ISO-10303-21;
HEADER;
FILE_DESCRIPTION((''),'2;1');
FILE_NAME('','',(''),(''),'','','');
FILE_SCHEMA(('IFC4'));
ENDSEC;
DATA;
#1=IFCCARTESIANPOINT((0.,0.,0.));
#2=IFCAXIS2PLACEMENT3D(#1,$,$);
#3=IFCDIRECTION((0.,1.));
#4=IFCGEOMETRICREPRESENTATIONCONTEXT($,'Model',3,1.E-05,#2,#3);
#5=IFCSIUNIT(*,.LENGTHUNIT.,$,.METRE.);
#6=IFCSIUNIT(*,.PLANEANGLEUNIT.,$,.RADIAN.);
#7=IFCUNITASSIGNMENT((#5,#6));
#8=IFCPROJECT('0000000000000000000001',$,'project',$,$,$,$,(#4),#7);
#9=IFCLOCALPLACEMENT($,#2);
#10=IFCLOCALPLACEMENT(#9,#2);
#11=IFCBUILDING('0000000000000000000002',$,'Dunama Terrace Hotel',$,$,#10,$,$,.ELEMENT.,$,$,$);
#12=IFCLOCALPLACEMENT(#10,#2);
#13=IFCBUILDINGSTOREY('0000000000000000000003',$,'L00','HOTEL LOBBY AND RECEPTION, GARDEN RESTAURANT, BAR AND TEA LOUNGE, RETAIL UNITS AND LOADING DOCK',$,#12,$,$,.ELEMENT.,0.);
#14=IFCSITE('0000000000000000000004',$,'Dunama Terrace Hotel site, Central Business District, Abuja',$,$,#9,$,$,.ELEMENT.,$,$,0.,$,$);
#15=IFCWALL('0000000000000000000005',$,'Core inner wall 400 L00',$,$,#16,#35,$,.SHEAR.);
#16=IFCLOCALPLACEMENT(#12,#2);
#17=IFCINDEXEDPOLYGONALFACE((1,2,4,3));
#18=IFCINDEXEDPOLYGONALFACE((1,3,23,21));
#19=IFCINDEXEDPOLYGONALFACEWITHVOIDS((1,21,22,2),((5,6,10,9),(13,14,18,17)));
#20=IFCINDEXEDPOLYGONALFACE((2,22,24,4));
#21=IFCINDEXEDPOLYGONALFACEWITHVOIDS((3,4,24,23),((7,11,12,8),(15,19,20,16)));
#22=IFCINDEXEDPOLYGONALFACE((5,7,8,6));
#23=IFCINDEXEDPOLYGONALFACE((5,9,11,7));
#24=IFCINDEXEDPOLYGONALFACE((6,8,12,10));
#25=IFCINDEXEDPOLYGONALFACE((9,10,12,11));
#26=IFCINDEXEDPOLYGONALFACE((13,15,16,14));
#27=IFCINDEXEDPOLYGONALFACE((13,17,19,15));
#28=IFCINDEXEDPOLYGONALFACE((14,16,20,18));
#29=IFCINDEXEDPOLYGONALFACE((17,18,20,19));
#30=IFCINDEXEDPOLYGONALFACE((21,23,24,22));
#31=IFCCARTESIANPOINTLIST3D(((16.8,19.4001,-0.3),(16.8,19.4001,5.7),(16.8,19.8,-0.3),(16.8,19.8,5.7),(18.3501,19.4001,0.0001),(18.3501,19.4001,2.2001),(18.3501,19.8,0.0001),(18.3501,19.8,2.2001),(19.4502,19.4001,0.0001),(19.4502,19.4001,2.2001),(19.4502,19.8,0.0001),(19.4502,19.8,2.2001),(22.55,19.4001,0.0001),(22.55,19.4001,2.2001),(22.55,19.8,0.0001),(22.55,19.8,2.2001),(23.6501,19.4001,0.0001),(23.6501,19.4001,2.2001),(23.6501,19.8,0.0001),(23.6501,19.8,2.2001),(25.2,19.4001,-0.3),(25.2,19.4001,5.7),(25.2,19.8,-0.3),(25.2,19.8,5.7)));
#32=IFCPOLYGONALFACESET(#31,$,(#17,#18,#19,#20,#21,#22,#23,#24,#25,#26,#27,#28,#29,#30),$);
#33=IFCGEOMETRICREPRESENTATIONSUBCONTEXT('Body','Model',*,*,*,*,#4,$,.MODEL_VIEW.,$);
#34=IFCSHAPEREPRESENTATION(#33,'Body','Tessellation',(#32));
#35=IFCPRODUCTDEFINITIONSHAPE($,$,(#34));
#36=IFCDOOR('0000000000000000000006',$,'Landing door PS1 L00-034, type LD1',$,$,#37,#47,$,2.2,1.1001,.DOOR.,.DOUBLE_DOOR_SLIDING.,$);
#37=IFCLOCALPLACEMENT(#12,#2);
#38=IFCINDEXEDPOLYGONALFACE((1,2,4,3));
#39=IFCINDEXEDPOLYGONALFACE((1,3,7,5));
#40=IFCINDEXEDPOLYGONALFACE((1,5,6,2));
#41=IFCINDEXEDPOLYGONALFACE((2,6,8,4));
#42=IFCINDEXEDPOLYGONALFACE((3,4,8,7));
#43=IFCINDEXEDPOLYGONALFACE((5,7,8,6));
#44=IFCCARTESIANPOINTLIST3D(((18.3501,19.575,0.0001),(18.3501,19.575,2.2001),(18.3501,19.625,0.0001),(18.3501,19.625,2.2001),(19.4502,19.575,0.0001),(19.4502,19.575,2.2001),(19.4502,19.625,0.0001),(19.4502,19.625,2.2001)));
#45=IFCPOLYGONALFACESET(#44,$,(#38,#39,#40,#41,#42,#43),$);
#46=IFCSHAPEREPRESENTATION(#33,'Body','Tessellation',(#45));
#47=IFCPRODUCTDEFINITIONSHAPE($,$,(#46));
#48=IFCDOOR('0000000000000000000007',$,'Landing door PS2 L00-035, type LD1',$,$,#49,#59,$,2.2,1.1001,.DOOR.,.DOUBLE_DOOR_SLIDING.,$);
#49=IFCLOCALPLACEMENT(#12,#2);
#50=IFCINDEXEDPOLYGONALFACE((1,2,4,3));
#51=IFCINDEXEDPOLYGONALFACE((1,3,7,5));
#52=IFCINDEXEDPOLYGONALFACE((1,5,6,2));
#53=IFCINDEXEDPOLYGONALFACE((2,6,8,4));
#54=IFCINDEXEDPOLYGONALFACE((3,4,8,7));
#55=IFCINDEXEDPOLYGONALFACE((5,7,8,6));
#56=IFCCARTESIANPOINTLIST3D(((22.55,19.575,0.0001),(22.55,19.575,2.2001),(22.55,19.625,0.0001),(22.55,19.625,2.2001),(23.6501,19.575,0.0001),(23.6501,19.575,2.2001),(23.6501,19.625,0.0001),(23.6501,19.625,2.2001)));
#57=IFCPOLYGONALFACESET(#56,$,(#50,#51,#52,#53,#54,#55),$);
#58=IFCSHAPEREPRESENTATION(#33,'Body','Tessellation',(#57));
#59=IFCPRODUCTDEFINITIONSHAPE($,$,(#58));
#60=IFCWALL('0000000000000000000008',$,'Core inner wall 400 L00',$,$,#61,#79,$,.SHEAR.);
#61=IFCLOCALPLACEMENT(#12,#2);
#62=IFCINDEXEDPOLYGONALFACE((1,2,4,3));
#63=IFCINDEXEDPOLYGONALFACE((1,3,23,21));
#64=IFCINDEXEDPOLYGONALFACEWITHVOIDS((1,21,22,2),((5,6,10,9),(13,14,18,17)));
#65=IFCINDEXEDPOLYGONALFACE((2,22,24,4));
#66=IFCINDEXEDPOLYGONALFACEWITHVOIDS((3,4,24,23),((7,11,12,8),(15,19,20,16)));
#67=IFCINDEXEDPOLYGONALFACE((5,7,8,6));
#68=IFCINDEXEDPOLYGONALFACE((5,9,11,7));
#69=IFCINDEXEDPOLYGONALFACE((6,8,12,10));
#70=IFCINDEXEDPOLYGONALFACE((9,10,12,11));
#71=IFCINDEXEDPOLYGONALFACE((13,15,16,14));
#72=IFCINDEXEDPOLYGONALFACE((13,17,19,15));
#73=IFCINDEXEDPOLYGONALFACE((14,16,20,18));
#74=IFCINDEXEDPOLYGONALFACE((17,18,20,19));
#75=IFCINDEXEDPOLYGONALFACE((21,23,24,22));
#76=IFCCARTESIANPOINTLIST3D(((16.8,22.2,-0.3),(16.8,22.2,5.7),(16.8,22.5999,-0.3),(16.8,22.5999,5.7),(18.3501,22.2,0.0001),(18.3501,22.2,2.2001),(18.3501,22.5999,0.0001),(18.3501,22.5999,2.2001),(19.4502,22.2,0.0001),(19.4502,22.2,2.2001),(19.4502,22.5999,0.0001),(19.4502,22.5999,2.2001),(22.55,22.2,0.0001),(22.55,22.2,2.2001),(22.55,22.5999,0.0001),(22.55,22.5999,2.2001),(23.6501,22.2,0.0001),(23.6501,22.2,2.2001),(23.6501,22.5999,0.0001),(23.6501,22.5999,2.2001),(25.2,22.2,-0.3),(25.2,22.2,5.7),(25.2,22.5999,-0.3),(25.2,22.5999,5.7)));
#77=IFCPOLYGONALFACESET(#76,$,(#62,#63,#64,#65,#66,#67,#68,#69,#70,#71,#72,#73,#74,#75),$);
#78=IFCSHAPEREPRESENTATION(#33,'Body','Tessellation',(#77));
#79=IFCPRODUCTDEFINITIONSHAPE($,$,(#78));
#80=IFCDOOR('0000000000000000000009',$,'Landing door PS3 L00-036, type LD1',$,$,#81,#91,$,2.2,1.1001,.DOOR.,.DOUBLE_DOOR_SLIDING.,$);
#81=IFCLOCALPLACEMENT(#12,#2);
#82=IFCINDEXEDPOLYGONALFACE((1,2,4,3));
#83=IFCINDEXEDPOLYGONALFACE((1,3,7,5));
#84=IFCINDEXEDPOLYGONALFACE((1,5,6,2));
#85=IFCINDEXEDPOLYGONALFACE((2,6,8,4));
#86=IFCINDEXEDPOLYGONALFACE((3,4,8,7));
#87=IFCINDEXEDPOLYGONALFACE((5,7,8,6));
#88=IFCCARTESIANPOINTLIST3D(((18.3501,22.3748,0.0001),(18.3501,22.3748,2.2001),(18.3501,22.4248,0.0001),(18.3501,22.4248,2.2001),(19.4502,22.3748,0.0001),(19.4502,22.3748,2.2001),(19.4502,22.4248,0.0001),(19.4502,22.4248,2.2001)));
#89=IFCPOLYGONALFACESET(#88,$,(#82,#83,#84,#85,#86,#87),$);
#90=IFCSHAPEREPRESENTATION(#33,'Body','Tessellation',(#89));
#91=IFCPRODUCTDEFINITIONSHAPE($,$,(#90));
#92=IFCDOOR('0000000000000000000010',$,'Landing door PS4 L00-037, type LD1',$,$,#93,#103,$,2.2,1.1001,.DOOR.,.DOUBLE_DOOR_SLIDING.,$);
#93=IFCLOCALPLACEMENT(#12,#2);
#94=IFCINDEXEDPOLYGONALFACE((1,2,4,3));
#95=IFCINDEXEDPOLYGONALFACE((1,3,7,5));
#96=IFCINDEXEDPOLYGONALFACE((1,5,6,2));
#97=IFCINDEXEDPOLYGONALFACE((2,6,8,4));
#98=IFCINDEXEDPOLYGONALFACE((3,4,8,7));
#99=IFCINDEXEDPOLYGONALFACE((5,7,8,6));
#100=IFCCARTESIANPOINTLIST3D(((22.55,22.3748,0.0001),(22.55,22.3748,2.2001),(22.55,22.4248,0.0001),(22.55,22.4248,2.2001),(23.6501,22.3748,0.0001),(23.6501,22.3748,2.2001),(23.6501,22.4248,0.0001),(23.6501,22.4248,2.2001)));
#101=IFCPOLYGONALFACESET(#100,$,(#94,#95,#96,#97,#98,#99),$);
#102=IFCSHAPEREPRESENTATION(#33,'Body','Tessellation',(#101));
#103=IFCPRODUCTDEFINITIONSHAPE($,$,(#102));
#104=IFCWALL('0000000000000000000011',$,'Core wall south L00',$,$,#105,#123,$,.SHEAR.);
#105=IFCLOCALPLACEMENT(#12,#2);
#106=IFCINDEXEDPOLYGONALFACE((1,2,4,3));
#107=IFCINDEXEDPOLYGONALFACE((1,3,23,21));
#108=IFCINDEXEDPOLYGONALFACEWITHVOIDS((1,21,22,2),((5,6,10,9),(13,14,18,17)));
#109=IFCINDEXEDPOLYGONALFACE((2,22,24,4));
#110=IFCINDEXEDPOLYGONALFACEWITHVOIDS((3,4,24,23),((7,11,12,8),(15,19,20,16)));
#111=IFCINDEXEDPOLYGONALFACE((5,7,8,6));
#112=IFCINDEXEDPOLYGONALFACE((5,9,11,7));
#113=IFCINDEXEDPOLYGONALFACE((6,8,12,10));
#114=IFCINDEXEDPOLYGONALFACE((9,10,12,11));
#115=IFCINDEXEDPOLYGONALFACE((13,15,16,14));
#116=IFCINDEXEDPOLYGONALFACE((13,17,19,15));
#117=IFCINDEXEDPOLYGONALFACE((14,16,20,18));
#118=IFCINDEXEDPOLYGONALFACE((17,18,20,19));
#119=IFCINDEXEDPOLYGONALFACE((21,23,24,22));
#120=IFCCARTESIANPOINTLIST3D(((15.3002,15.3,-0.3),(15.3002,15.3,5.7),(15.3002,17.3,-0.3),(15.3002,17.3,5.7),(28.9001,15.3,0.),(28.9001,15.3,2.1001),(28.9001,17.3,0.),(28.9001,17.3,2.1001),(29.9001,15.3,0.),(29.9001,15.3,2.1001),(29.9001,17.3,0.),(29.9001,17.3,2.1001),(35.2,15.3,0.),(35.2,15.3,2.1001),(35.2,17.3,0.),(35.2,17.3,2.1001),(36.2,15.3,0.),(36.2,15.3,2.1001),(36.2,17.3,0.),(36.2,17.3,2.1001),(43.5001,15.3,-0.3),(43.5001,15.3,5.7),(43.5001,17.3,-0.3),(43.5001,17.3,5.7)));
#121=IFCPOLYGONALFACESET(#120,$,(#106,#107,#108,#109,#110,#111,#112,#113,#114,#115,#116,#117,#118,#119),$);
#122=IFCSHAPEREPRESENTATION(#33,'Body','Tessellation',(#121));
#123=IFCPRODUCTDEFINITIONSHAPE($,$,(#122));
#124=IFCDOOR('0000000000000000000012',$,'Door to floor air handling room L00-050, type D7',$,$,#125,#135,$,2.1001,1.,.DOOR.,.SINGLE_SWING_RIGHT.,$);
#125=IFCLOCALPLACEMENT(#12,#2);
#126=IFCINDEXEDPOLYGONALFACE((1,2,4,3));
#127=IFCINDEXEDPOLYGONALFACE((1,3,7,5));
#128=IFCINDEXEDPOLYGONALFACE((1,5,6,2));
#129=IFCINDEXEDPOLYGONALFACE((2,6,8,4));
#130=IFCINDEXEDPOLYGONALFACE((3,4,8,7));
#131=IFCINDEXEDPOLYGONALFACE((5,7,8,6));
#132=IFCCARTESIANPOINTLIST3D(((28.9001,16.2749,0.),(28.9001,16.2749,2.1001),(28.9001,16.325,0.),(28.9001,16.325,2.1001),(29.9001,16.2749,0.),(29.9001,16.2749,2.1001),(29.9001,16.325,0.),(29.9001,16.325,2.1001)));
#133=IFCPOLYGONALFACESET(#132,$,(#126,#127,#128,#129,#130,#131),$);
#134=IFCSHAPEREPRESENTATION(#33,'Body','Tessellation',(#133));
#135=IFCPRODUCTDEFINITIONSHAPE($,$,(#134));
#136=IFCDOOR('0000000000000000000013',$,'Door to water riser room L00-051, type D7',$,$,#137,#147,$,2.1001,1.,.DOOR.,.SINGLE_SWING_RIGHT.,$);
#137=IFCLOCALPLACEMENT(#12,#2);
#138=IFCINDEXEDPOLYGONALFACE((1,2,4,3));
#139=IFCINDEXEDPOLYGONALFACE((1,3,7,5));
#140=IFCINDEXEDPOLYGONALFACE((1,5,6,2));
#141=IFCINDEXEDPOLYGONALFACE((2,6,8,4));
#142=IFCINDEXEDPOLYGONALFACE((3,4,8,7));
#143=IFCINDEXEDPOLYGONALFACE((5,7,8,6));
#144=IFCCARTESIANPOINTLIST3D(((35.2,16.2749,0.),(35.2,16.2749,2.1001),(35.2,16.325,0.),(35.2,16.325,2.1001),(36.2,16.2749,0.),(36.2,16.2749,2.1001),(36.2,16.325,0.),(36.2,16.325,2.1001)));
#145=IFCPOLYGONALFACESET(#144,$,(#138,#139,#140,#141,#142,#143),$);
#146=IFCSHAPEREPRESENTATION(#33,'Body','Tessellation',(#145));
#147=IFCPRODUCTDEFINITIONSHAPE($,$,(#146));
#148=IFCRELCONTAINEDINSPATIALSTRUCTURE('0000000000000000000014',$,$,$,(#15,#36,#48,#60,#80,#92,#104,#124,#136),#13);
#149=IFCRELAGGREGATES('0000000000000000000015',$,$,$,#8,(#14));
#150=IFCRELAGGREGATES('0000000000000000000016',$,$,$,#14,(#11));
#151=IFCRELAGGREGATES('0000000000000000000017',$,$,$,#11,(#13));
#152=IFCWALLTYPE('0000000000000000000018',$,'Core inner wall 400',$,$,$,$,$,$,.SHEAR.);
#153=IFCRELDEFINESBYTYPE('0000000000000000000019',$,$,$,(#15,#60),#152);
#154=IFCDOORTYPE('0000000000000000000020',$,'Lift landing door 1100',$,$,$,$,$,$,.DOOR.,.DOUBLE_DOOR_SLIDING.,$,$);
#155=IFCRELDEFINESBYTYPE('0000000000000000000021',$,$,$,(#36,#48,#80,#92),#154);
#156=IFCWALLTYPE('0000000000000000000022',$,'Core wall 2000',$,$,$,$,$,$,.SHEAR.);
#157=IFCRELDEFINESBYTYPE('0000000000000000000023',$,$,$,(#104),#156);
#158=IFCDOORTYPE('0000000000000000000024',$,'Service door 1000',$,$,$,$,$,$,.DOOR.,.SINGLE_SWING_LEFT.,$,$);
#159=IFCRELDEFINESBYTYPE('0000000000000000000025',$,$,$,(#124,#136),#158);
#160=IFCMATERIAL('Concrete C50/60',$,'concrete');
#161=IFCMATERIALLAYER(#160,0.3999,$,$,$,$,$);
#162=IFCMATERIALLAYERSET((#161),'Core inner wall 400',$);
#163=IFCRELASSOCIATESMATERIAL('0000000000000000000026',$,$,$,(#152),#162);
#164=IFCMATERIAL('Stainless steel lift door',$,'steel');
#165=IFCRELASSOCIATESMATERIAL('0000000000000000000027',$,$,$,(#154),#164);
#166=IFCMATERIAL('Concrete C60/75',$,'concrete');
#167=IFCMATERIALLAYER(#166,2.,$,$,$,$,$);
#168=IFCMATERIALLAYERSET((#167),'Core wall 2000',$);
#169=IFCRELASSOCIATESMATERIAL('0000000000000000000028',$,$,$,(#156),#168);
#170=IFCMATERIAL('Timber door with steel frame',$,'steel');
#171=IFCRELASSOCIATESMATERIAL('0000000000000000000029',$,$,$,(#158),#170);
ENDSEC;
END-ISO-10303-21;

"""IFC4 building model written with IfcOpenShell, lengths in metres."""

from ifc_helpers import new_model, si_unit, direction, frame, frame_2d, origin, place, context, subcontext, project, spatial, rectangle, extrude, material, layer, layer_set, type_object, element, fill, save


model = new_model("IFC4")

# Units and contexts
model_context = context("Model", 3, precision=1e-05, world=origin(), true_north=direction((0.0, 1.0)))
body_context = subcontext(model_context, "Body", "Model", "MODEL_VIEW")
ifc_project = project(units=[si_unit("LENGTHUNIT", "METRE"), si_unit("PLANEANGLEUNIT", "RADIAN")], contexts=[model_context])

# Site, building, storey
site_placement = place(None, origin())
site = spatial("IfcSite", under=ifc_project, at=site_placement, Name="Dunama Terrace Hotel site, Central Business District, Abuja", CompositionType="ELEMENT", RefElevation=0.0)
building_placement = place(site_placement, origin())
building = spatial("IfcBuilding", under=site, at=building_placement, Name="Dunama Terrace Hotel", CompositionType="ELEMENT")
storey_placement = place(building_placement, origin())
storey = spatial("IfcBuildingStorey", under=building, at=storey_placement, Name="L00", Description="HOTEL LOBBY AND RECEPTION, GARDEN RESTAURANT, BAR AND TEA LOUNGE, RETAIL UNITS AND LOADING DOCK", CompositionType="ELEMENT", Elevation=0.0)

# Shared definitions
ifc_material_1 = material(Name="Concrete C50/60", Category="concrete")
ifc_layer_1 = layer(ifc_material_1, 0.3999)
ifc_layer_set_1 = layer_set([ifc_layer_1], Name="Core inner wall 400")
wall_type_1 = type_object("IfcWallType", Name="Core inner wall 400", PredefinedType="SHEAR", material=ifc_layer_set_1)

# Walls, openings, doors
wall_1_placement = place(storey_placement, frame((16.8, 19.6001, -0.3), z_axis=(0.0, 0.0, 1.0), x_axis=(1.0, 0.0, 0.0)))
wall_1 = element("IfcWall", 1, at=wall_1_placement, inside=storey, type_object=wall_type_1, Name="Core inner wall 400 L00", PredefinedType="SHEAR", context=body_context, shape_type="SweptSolid", body=[
    extrude(rectangle(XDim=8.3999, YDim=0.3999, at=frame_2d((4.2, 0.0))), origin(), (0.0, 0.0, 1.0), 6.0),
])
opening_1_placement = place(wall_1_placement, frame((1.55, 0.0, 0.3)))
opening_1 = element("IfcOpeningElement", 2, at=opening_1_placement, cuts=wall_1, PredefinedType="OPENING", context=body_context, shape_type="SweptSolid", body=[
    extrude(rectangle(XDim=1.1001, YDim=2.2, at=frame_2d((0.55, 1.1001))), frame((0.0, 0.21, 0.0), z_axis=(0.0, -1.0, 0.0), x_axis=(1.0, 0.0, 0.0)), (0.0, 0.0, 1.0), 0.4199),
])
opening_2_placement = place(wall_1_placement, frame((5.75, 0.0, 0.3)))
opening_2 = element("IfcOpeningElement", 3, at=opening_2_placement, cuts=wall_1, PredefinedType="OPENING", context=body_context, shape_type="SweptSolid", body=[
    extrude(rectangle(XDim=1.1001, YDim=2.2, at=frame_2d((0.55, 1.1001))), frame((0.0, 0.21, 0.0), z_axis=(0.0, -1.0, 0.0), x_axis=(1.0, 0.0, 0.0)), (0.0, 0.0, 1.0), 0.4199),
])
ifc_material_2 = material(Name="Stainless steel lift door", Category="steel")
door_type_1 = type_object("IfcDoorType", Name="Lift landing door 1100", OperationType="DOUBLE_DOOR_SLIDING", PredefinedType="DOOR", material=ifc_material_2)
door_1_placement = place(opening_1_placement, origin())
door_1 = element("IfcDoor", 4, at=door_1_placement, inside=storey, type_object=door_type_1, Name="Landing door PS1 L00-034, type LD1", OperationType="DOUBLE_DOOR_SLIDING", OverallHeight=2.2, OverallWidth=1.1001, PredefinedType="DOOR", context=body_context, shape_type="SweptSolid", body=[
    extrude(rectangle(XDim=1.1001, YDim=2.2, at=frame_2d((0.55, 1.1001))), frame((0.0, 0.0249, 0.0), z_axis=(0.0, -1.0, 0.0), x_axis=(1.0, 0.0, 0.0)), (0.0, 0.0, 1.0), 0.05),
])
fill(opening_1, door_1)
door_2_placement = place(opening_2_placement, origin())
door_2 = element("IfcDoor", 5, at=door_2_placement, inside=storey, type_object=door_type_1, Name="Landing door PS2 L00-035, type LD1", OperationType="DOUBLE_DOOR_SLIDING", OverallHeight=2.2, OverallWidth=1.1001, PredefinedType="DOOR", context=body_context, shape_type="SweptSolid", body=[
    extrude(rectangle(XDim=1.1001, YDim=2.2, at=frame_2d((0.55, 1.1001))), frame((0.0, 0.0249, 0.0), z_axis=(0.0, -1.0, 0.0), x_axis=(1.0, 0.0, 0.0)), (0.0, 0.0, 1.0), 0.05),
])
fill(opening_2, door_2)
wall_2_placement = place(storey_placement, frame((16.8, 22.3999, -0.3), z_axis=(0.0, 0.0, 1.0), x_axis=(1.0, 0.0, 0.0)))
wall_2 = element("IfcWall", 6, at=wall_2_placement, inside=storey, type_object=wall_type_1, Name="Core inner wall 400 L00", PredefinedType="SHEAR", context=body_context, shape_type="SweptSolid", body=[
    extrude(rectangle(XDim=8.3999, YDim=0.3999, at=frame_2d((4.2, 0.0))), origin(), (0.0, 0.0, 1.0), 6.0),
])
opening_3_placement = place(wall_2_placement, frame((1.55, 0.0, 0.3)))
opening_3 = element("IfcOpeningElement", 7, at=opening_3_placement, cuts=wall_2, PredefinedType="OPENING", context=body_context, shape_type="SweptSolid", body=[
    extrude(rectangle(XDim=1.1001, YDim=2.2, at=frame_2d((0.55, 1.1001))), frame((0.0, 0.21, 0.0), z_axis=(0.0, -1.0, 0.0), x_axis=(1.0, 0.0, 0.0)), (0.0, 0.0, 1.0), 0.4199),
])
opening_4_placement = place(wall_2_placement, frame((5.75, 0.0, 0.3)))
opening_4 = element("IfcOpeningElement", 8, at=opening_4_placement, cuts=wall_2, PredefinedType="OPENING", context=body_context, shape_type="SweptSolid", body=[
    extrude(rectangle(XDim=1.1001, YDim=2.2, at=frame_2d((0.55, 1.1001))), frame((0.0, 0.21, 0.0), z_axis=(0.0, -1.0, 0.0), x_axis=(1.0, 0.0, 0.0)), (0.0, 0.0, 1.0), 0.4199),
])
door_3_placement = place(opening_3_placement, origin())
door_3 = element("IfcDoor", 9, at=door_3_placement, inside=storey, type_object=door_type_1, Name="Landing door PS3 L00-036, type LD1", OperationType="DOUBLE_DOOR_SLIDING", OverallHeight=2.2, OverallWidth=1.1001, PredefinedType="DOOR", context=body_context, shape_type="SweptSolid", body=[
    extrude(rectangle(XDim=1.1001, YDim=2.2, at=frame_2d((0.55, 1.1001))), frame((0.0, 0.0249, 0.0), z_axis=(0.0, -1.0, 0.0), x_axis=(1.0, 0.0, 0.0)), (0.0, 0.0, 1.0), 0.05),
])
fill(opening_3, door_3)
door_4_placement = place(opening_4_placement, origin())
door_4 = element("IfcDoor", 10, at=door_4_placement, inside=storey, type_object=door_type_1, Name="Landing door PS4 L00-037, type LD1", OperationType="DOUBLE_DOOR_SLIDING", OverallHeight=2.2, OverallWidth=1.1001, PredefinedType="DOOR", context=body_context, shape_type="SweptSolid", body=[
    extrude(rectangle(XDim=1.1001, YDim=2.2, at=frame_2d((0.55, 1.1001))), frame((0.0, 0.0249, 0.0), z_axis=(0.0, -1.0, 0.0), x_axis=(1.0, 0.0, 0.0)), (0.0, 0.0, 1.0), 0.05),
])
fill(opening_4, door_4)
ifc_material_3 = material(Name="Concrete C60/75", Category="concrete")
ifc_layer_2 = layer(ifc_material_3, 2.0)
ifc_layer_set_2 = layer_set([ifc_layer_2], Name="Core wall 2000")
wall_type_2 = type_object("IfcWallType", Name="Core wall 2000", PredefinedType="SHEAR", material=ifc_layer_set_2)
wall_3_placement = place(storey_placement, frame((15.3, 16.3, -0.3), z_axis=(0.0, 0.0, 1.0), x_axis=(1.0, 0.0, 0.0)))
wall_3 = element("IfcWall", 11, at=wall_3_placement, inside=storey, type_object=wall_type_2, Name="Core wall south L00", PredefinedType="SHEAR", context=body_context, shape_type="SweptSolid", body=[
    extrude(rectangle(XDim=28.2, YDim=2.0, at=frame_2d((14.1001, 0.0))), origin(), (0.0, 0.0, 1.0), 6.0),
])
opening_5_placement = place(wall_3_placement, frame((13.6001, 0.0, 0.3)))
opening_5 = element("IfcOpeningElement", 12, at=opening_5_placement, cuts=wall_3, PredefinedType="OPENING", context=body_context, shape_type="SweptSolid", body=[
    extrude(rectangle(XDim=1.0, YDim=2.1001, at=frame_2d((0.5, 1.05))), frame((0.0, 1.01, 0.0), z_axis=(0.0, -1.0, 0.0), x_axis=(1.0, 0.0, 0.0)), (0.0, 0.0, 1.0), 2.02),
])
opening_6_placement = place(wall_3_placement, frame((19.8999, 0.0, 0.3)))
opening_6 = element("IfcOpeningElement", 13, at=opening_6_placement, cuts=wall_3, PredefinedType="OPENING", context=body_context, shape_type="SweptSolid", body=[
    extrude(rectangle(XDim=1.0, YDim=2.1001, at=frame_2d((0.5, 1.05))), frame((0.0, 1.01, 0.0), z_axis=(0.0, -1.0, 0.0), x_axis=(1.0, 0.0, 0.0)), (0.0, 0.0, 1.0), 2.02),
])
ifc_material_4 = material(Name="Timber door with steel frame", Category="steel")
door_type_2 = type_object("IfcDoorType", Name="Service door 1000", OperationType="SINGLE_SWING_LEFT", PredefinedType="DOOR", material=ifc_material_4)
door_5_placement = place(opening_5_placement, origin())
door_5 = element("IfcDoor", 14, at=door_5_placement, inside=storey, type_object=door_type_2, Name="Door to floor air handling room L00-050, type D7", OperationType="SINGLE_SWING_RIGHT", OverallHeight=2.1001, OverallWidth=1.0, PredefinedType="DOOR", context=body_context, shape_type="SweptSolid", body=[
    extrude(rectangle(XDim=1.0, YDim=2.1001, at=frame_2d((0.5, 1.05))), frame((0.0, 0.0249, 0.0), z_axis=(0.0, -1.0, 0.0), x_axis=(1.0, 0.0, 0.0)), (0.0, 0.0, 1.0), 0.05),
])
fill(opening_5, door_5)
door_6_placement = place(opening_6_placement, origin())
door_6 = element("IfcDoor", 15, at=door_6_placement, inside=storey, type_object=door_type_2, Name="Door to water riser room L00-051, type D7", OperationType="SINGLE_SWING_RIGHT", OverallHeight=2.1001, OverallWidth=1.0, PredefinedType="DOOR", context=body_context, shape_type="SweptSolid", body=[
    extrude(rectangle(XDim=1.0, YDim=2.1001, at=frame_2d((0.5, 1.05))), frame((0.0, 0.0249, 0.0), z_axis=(0.0, -1.0, 0.0), x_axis=(1.0, 0.0, 0.0)), (0.0, 0.0, 1.0), 0.05),
])
fill(opening_6, door_6)

save(model, "model.ifc")
